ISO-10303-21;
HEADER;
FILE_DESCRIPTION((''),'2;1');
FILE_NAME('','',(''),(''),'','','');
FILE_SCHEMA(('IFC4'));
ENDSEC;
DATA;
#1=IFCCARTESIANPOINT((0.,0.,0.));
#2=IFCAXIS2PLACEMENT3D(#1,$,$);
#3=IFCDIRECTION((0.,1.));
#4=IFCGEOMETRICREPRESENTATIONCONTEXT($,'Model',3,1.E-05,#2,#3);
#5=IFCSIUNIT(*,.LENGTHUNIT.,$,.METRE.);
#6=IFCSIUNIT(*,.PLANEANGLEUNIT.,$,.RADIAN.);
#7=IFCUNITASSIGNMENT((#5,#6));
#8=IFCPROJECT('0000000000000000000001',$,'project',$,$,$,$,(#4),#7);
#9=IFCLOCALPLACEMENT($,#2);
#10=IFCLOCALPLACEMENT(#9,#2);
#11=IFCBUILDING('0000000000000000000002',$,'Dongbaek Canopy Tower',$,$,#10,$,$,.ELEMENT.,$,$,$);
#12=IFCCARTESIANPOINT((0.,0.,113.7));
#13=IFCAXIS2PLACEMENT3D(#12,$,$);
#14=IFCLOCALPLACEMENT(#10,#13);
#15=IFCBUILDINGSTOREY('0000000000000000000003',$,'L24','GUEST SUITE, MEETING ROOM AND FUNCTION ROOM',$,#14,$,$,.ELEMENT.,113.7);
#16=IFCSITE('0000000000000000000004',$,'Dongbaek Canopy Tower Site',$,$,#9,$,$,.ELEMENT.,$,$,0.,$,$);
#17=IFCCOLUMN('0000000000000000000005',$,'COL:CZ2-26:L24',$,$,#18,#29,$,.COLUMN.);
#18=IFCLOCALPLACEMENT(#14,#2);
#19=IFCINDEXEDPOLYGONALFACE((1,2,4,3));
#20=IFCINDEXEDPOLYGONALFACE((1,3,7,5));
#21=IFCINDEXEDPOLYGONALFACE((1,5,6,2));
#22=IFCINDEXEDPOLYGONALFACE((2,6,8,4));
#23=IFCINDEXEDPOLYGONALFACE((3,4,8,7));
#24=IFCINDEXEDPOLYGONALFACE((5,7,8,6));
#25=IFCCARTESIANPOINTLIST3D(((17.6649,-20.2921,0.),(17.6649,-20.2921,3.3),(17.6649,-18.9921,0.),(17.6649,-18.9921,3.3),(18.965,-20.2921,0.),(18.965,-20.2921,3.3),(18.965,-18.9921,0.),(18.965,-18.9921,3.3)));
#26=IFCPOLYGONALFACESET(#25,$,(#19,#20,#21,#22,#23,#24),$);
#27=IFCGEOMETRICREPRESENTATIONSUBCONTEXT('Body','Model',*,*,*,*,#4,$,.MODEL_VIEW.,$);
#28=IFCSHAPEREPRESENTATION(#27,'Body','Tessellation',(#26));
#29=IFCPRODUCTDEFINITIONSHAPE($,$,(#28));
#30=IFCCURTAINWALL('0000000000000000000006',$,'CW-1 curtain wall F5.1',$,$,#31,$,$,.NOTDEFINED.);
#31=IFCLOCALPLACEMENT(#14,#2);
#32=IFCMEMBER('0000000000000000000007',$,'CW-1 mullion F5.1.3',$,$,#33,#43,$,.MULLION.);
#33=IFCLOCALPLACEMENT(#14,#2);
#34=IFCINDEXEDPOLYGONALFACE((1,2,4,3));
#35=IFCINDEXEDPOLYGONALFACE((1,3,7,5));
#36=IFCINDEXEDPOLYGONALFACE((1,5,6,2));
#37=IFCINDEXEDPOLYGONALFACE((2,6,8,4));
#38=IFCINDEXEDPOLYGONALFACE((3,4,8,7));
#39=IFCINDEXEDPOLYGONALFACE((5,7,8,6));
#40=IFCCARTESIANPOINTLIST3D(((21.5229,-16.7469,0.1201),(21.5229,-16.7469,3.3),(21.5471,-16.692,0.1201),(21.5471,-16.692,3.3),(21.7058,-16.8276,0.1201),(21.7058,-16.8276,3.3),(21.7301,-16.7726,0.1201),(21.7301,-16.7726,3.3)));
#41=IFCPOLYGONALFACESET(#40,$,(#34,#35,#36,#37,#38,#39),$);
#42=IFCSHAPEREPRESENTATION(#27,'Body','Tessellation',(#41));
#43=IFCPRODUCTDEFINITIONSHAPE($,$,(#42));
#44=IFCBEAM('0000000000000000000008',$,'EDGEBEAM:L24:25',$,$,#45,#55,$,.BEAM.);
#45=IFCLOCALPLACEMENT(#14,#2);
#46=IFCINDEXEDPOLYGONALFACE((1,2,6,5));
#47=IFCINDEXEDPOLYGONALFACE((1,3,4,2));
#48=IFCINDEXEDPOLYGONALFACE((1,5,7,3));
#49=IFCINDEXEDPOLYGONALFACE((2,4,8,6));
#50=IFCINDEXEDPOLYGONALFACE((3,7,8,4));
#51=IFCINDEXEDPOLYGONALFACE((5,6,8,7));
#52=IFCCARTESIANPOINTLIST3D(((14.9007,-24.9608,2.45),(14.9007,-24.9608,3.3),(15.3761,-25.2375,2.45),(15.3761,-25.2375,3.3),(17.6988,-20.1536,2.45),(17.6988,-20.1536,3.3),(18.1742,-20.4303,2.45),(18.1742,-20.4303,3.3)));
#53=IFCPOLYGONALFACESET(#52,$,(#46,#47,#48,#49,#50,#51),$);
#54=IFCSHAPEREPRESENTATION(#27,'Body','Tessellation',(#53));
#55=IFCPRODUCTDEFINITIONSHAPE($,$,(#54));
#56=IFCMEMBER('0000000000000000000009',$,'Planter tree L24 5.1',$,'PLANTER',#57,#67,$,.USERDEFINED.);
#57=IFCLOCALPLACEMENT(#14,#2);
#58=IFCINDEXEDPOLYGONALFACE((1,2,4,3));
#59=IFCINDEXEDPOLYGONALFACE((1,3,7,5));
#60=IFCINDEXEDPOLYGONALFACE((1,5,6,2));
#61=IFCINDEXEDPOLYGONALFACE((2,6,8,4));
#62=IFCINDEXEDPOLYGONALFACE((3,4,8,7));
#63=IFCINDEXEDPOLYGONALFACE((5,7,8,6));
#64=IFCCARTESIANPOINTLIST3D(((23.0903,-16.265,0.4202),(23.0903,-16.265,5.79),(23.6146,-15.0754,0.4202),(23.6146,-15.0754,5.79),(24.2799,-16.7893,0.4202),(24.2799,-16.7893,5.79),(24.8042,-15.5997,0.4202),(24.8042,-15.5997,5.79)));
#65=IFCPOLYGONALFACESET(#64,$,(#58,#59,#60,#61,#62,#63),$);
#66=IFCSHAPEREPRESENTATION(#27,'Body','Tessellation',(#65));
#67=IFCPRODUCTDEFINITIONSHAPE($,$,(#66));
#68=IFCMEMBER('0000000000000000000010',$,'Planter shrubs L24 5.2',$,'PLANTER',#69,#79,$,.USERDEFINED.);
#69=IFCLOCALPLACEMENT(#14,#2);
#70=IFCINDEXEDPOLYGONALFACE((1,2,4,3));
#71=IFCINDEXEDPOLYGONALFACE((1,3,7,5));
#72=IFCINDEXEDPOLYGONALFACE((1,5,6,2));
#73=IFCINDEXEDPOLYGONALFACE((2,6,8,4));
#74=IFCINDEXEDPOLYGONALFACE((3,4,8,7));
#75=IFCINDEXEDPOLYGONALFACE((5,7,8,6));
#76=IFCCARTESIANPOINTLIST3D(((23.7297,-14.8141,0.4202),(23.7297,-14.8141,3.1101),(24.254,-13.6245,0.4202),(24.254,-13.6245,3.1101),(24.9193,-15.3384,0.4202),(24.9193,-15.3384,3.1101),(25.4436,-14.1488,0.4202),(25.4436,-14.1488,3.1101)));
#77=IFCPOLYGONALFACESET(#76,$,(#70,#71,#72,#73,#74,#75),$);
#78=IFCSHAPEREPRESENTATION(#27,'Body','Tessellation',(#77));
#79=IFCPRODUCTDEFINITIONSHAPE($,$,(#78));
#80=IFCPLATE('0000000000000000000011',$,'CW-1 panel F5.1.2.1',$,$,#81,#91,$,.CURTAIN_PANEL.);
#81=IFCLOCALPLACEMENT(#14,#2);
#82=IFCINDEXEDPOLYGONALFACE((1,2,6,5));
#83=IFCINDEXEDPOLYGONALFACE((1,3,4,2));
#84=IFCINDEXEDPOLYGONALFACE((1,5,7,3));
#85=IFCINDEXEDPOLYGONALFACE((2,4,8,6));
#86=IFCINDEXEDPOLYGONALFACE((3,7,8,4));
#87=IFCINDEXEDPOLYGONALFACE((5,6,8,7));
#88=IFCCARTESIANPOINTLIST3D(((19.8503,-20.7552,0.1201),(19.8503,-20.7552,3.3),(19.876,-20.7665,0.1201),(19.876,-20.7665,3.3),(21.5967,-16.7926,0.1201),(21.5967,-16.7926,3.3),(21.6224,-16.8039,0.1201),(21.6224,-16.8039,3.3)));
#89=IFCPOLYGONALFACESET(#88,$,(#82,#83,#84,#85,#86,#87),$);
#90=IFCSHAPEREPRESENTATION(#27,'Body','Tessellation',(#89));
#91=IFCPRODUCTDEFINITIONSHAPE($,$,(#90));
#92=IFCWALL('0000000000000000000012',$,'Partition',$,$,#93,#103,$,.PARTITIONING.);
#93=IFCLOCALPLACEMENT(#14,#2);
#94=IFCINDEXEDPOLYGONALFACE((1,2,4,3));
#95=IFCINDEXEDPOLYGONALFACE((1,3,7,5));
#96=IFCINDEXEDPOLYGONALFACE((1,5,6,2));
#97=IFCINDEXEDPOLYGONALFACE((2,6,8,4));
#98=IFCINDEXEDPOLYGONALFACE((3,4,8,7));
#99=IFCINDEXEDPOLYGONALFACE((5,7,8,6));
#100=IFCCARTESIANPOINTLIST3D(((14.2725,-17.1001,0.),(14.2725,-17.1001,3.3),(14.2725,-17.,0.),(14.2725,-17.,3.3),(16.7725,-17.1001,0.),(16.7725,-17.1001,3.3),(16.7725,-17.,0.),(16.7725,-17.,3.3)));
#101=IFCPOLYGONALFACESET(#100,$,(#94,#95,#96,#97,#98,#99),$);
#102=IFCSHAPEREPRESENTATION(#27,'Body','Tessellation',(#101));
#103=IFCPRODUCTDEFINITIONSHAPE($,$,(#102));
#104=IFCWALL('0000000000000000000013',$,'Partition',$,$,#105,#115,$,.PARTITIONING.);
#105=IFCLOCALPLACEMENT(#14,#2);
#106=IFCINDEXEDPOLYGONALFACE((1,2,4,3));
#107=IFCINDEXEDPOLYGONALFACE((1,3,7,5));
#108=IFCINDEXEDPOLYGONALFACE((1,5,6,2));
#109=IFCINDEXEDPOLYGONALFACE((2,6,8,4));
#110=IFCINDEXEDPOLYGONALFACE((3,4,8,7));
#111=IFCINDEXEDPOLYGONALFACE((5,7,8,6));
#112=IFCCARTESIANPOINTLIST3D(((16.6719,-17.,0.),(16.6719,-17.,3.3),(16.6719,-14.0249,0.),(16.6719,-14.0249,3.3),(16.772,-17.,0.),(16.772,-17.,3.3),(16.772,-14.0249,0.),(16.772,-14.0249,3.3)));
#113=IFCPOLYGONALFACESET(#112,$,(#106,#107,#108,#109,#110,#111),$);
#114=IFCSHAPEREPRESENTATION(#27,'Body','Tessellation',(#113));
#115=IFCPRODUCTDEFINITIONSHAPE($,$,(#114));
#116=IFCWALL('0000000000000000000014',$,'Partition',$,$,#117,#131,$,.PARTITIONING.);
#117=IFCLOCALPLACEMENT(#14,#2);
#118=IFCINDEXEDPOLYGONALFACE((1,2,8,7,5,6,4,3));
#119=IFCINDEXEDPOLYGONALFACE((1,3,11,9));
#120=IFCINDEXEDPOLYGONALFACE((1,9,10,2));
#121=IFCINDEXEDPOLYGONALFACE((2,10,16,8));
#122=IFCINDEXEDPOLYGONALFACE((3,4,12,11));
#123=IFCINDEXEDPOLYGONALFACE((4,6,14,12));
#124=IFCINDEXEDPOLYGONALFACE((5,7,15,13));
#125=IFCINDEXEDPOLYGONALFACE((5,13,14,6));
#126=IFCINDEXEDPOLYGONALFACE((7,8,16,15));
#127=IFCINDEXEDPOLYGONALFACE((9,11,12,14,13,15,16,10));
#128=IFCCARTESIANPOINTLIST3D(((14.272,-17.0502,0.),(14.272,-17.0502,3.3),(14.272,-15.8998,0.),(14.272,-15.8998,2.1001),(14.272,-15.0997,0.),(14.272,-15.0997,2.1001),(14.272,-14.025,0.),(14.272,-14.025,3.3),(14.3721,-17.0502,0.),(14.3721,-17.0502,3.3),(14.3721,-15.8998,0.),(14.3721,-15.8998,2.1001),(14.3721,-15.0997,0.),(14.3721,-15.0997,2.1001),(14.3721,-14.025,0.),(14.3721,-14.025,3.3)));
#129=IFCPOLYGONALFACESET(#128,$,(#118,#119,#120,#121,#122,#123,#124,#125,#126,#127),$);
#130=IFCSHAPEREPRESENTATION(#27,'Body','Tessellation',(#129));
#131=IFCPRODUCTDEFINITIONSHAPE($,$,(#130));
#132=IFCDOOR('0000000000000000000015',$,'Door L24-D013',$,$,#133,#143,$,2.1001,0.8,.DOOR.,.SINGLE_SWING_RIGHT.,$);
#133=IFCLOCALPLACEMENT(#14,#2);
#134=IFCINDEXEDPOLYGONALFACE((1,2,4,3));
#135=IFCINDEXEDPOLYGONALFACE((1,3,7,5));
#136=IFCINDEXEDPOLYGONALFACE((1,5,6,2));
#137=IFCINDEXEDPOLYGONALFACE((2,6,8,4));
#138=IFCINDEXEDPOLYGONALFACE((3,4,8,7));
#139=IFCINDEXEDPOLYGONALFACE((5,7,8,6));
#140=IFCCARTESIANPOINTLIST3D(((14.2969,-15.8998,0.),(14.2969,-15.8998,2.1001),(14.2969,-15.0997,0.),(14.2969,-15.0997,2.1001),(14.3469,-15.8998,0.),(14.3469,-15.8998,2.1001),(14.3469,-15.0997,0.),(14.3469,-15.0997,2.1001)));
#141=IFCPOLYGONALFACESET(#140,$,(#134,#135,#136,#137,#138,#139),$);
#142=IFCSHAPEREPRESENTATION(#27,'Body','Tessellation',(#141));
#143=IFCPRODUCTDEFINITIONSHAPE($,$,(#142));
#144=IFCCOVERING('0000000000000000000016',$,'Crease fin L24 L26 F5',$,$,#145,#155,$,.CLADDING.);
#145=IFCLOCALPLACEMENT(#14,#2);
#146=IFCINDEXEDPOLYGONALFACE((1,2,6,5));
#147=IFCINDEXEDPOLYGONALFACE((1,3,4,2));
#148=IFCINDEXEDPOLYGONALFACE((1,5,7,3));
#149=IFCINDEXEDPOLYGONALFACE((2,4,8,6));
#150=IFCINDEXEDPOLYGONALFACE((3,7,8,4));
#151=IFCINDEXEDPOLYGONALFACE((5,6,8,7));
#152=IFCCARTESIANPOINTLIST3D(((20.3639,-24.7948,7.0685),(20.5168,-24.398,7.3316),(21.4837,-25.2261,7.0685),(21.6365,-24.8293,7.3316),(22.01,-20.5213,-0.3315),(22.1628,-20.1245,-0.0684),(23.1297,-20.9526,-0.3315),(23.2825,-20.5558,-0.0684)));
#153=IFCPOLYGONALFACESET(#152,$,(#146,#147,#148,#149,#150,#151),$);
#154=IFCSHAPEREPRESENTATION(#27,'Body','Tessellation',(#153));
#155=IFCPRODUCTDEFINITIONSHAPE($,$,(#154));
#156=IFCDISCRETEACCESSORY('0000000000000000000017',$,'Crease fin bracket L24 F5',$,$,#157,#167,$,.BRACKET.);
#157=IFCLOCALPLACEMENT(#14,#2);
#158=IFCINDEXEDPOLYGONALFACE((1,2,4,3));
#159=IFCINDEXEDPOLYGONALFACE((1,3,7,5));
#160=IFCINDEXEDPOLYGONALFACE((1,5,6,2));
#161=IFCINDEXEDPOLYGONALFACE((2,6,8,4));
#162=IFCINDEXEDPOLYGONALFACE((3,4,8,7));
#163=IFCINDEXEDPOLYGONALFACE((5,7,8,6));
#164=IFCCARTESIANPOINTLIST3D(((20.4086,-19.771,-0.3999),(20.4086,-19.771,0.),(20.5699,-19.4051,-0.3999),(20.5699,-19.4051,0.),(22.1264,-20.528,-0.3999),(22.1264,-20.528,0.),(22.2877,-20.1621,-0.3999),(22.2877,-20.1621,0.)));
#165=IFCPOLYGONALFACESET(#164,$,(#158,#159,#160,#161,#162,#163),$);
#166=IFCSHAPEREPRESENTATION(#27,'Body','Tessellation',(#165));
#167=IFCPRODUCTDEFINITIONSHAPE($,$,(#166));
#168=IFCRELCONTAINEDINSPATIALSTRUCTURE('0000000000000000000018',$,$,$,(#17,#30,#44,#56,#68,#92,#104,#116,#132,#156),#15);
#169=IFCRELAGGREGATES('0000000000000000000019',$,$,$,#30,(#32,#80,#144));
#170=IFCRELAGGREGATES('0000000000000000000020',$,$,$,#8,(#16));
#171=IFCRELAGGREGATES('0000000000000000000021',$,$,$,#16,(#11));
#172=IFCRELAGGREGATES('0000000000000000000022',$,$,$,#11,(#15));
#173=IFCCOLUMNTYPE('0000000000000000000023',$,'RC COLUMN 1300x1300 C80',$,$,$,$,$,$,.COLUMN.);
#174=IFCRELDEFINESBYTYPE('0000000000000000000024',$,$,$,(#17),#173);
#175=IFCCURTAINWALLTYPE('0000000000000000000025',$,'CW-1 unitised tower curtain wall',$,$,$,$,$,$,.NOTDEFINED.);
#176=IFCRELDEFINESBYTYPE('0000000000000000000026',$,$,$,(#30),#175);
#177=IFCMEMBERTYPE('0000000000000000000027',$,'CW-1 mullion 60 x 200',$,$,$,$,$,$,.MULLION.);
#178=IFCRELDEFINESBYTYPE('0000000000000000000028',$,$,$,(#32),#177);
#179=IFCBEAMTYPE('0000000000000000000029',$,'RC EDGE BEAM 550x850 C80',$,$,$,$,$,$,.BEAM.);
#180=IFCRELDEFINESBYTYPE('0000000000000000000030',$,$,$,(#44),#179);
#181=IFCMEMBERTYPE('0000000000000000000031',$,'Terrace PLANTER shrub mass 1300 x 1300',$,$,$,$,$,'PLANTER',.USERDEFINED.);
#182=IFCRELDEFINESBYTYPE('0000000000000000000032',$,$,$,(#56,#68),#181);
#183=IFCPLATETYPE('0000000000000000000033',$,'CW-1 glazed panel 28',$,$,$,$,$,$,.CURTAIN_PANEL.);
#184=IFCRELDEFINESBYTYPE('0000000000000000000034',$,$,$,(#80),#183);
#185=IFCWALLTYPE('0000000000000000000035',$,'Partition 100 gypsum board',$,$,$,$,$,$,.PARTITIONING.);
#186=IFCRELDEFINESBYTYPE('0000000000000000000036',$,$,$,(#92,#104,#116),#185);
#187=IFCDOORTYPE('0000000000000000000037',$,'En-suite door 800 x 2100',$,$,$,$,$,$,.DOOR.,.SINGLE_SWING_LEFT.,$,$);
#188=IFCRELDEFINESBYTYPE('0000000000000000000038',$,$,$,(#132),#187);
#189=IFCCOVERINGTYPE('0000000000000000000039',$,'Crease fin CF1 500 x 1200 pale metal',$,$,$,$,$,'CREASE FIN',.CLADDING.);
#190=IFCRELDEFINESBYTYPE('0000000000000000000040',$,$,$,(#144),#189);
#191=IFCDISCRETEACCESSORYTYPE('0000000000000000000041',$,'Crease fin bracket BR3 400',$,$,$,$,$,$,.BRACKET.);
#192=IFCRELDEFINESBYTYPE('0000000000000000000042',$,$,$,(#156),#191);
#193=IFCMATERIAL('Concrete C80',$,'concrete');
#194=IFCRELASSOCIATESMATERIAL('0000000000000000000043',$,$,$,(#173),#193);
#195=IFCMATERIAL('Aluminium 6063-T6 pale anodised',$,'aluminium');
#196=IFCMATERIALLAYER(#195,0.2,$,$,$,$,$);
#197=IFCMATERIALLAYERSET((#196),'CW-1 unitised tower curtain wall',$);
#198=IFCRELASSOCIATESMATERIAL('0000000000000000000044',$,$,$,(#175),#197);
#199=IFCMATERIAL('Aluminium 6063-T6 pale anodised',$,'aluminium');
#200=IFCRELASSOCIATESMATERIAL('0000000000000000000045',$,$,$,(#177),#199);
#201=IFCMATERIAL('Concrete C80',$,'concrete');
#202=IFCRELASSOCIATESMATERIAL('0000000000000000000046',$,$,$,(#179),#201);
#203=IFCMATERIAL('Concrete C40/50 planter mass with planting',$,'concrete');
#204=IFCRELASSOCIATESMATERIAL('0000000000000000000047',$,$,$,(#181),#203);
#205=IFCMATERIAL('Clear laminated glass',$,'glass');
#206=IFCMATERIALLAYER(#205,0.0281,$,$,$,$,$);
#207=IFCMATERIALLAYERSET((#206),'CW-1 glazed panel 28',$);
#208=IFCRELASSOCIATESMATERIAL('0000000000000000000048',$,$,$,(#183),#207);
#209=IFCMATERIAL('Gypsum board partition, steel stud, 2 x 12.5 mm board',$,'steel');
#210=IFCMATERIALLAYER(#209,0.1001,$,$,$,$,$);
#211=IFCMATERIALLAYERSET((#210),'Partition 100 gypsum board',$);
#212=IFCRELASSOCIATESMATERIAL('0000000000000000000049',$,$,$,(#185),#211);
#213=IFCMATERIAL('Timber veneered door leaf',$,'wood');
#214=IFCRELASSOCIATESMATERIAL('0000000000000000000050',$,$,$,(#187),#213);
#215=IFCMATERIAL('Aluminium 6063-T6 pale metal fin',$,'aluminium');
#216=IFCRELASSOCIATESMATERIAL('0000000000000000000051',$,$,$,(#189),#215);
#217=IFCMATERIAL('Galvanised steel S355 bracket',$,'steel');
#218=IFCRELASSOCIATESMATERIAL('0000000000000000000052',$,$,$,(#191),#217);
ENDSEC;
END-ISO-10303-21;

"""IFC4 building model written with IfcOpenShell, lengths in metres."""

from ifc_helpers import new_model, si_unit, direction, frame, frame_2d, origin, origin_2d, place, context, subcontext, project, spatial, rectangle, extrude, material, layer, layer_set, material_profile, profile_set, type_object, element, fill, aggregate, save


model = new_model("IFC4")

# Units and contexts
model_context = context("Model", 3, precision=1e-05, world=origin(), true_north=direction((0.0, 1.0)))
body_context = subcontext(model_context, "Body", "Model", "MODEL_VIEW")
ifc_project = project(units=[si_unit("LENGTHUNIT", "METRE"), si_unit("PLANEANGLEUNIT", "RADIAN")], contexts=[model_context])

# Site, building, storey
site_placement = place(None, origin())
site = spatial("IfcSite", under=ifc_project, at=site_placement, Name="Dongbaek Canopy Tower Site", CompositionType="ELEMENT", RefElevation=0.0)
building_placement = place(site_placement, origin())
building = spatial("IfcBuilding", under=site, at=building_placement, Name="Dongbaek Canopy Tower", CompositionType="ELEMENT")
storey_placement = place(building_placement, frame((0.0, 0.0, 113.7)))
storey = spatial("IfcBuildingStorey", under=building, at=storey_placement, Name="L24", Description="GUEST SUITE, MEETING ROOM AND FUNCTION ROOM", CompositionType="ELEMENT", Elevation=113.7)

# Column
ifc_material_1 = material(Name="Concrete C80", Category="concrete")
ifc_material_profile_1 = material_profile(ifc_material_1, rectangle(XDim=1.3, YDim=1.3, at=origin_2d()), Name="RC COLUMN 1300x1300 C80")
ifc_profile_set_1 = profile_set([ifc_material_profile_1], Name="Concrete C80")
column_type = type_object("IfcColumnType", Name="RC COLUMN 1300x1300 C80", PredefinedType="COLUMN", material=ifc_profile_set_1)
column_placement = place(storey_placement, frame((18.3149, -19.6421, 0.0), z_axis=(0.0, 0.0, 1.0), x_axis=(1.0, 0.0, 0.0)))
element("IfcColumn", 1, at=column_placement, inside=storey, type_object=column_type, Name="COL:CZ2-26:L24", PredefinedType="COLUMN", context=body_context, shape_type="SweptSolid", body=[
    extrude(rectangle(XDim=1.3, YDim=1.3, at=origin_2d()), origin(), (0.0, 0.0, 1.0), 3.3),
])

# Curtain wall, member
ifc_material_2 = material(Name="Aluminium 6063-T6 pale anodised", Category="aluminium")
ifc_layer_1 = layer(ifc_material_2, 0.2)
ifc_layer_set_1 = layer_set([ifc_layer_1], Name="CW-1 unitised tower curtain wall")
curtain_wall_type = type_object("IfcCurtainWallType", Name="CW-1 unitised tower curtain wall", PredefinedType="NOTDEFINED", material=ifc_layer_set_1)
curtain_wall_placement = place(storey_placement, origin())
curtain_wall = element("IfcCurtainWall", 2, at=curtain_wall_placement, inside=storey, type_object=curtain_wall_type, Name="CW-1 curtain wall F5.1", PredefinedType="NOTDEFINED")
ifc_material_3 = material(Name="Aluminium 6063-T6 pale anodised", Category="aluminium")
ifc_material_profile_2 = material_profile(ifc_material_3, rectangle(XDim=0.2, YDim=0.0601, at=origin_2d()), Name="CW-1 mullion 60 x 200")
ifc_profile_set_2 = profile_set([ifc_material_profile_2], Name="Aluminium 6063-T6 pale anodised")
member_type_1 = type_object("IfcMemberType", Name="CW-1 mullion 60 x 200", PredefinedType="MULLION", material=ifc_profile_set_2)
member_1_placement = place(storey_placement, frame((21.6265, -16.7598, 0.1201), z_axis=(0.0, 0.0, 1.0), x_axis=(0.915073, -0.403289, 0.0)))
member_1 = element("IfcMember", 3, at=member_1_placement, type_object=member_type_1, Name="CW-1 mullion F5.1.3", PredefinedType="MULLION", context=body_context, shape_type="SweptSolid", body=[
    extrude(rectangle(XDim=0.2, YDim=0.0601, at=origin_2d()), origin(), (0.0, 0.0, 1.0), 3.1799),
])

# Beam
ifc_material_4 = material(Name="Concrete C80", Category="concrete")
ifc_material_profile_3 = material_profile(ifc_material_4, rectangle(XDim=0.55, YDim=0.8501, at=origin_2d()), Name="RC EDGE BEAM 550x850 C80")
ifc_profile_set_3 = profile_set([ifc_material_profile_3], Name="Concrete C80")
beam_type = type_object("IfcBeamType", Name="RC EDGE BEAM 550x850 C80", PredefinedType="BEAM", material=ifc_profile_set_3)
beam_placement = place(storey_placement, frame((17.9365, -20.292, 2.875), z_axis=(-0.503058, -0.864253, 0.0), x_axis=(0.864253, -0.503058, 0.0)))
element("IfcBeam", 4, at=beam_placement, inside=storey, type_object=beam_type, Name="EDGEBEAM:L24:25", PredefinedType="BEAM", context=body_context, shape_type="SweptSolid", body=[
    extrude(rectangle(XDim=0.55, YDim=0.8501, at=origin_2d()), origin(), (0.0, 0.0, 1.0), 5.5623),
])

# Members
ifc_material_5 = material(Name="Concrete C40/50 planter mass with planting", Category="concrete")
ifc_material_profile_4 = material_profile(ifc_material_5, rectangle(XDim=1.3, YDim=1.3, at=origin_2d()), Name="Terrace PLANTER shrub mass 1300 x 1300")
ifc_profile_set_4 = profile_set([ifc_material_profile_4], Name="Concrete C40/50 planter mass with planting")
member_type_2 = type_object("IfcMemberType", Name="Terrace PLANTER shrub mass 1300 x 1300", ElementType="PLANTER", PredefinedType="USERDEFINED", material=ifc_profile_set_4)
member_2_placement = place(storey_placement, frame((23.9473, -15.9324, 0.4202), z_axis=(0.0, 0.0, 1.0), x_axis=(0.915073, -0.403289, 0.0)))
element("IfcMember", 5, at=member_2_placement, inside=storey, type_object=member_type_2, Name="Planter tree L24 5.1", ObjectType="PLANTER", PredefinedType="USERDEFINED", context=body_context, shape_type="SweptSolid", body=[
    extrude(rectangle(XDim=1.3, YDim=1.3, at=origin_2d()), origin(), (0.0, 0.0, 1.0), 5.3699),
])
member_3_placement = place(storey_placement, frame((24.5867, -14.4814, 0.4202), z_axis=(0.0, 0.0, 1.0), x_axis=(0.915073, -0.403289, 0.0)))
element("IfcMember", 6, at=member_3_placement, inside=storey, type_object=member_type_2, Name="Planter shrubs L24 5.2", ObjectType="PLANTER", PredefinedType="USERDEFINED", context=body_context, shape_type="SweptSolid", body=[
    extrude(rectangle(XDim=1.3, YDim=1.3, at=origin_2d()), origin(), (0.0, 0.0, 1.0), 2.6899),
])

# Plate
ifc_material_6 = material(Name="Clear laminated glass", Category="glass")
ifc_layer_2 = layer(ifc_material_6, 0.0281)
ifc_layer_set_2 = layer_set([ifc_layer_2], Name="CW-1 glazed panel 28")
plate_type = type_object("IfcPlateType", Name="CW-1 glazed panel 28", PredefinedType="CURTAIN_PANEL", material=ifc_layer_set_2)
plate_placement = place(storey_placement, frame((20.7363, -18.7795, 0.1201), z_axis=(0.0, 0.0, 1.0), x_axis=(0.403289, 0.915073, 0.0)))
plate = element("IfcPlate", 7, at=plate_placement, type_object=plate_type, Name="CW-1 panel F5.1.2.1", PredefinedType="CURTAIN_PANEL", context=body_context, shape_type="SweptSolid", body=[
    extrude(rectangle(XDim=4.3303, YDim=0.0281, at=origin_2d()), origin(), (0.0, 0.0, 1.0), 3.1799),
])

# Walls
ifc_material_7 = material(Name="Gypsum board partition, steel stud, 2 x 12.5 mm board", Category="steel")
ifc_layer_3 = layer(ifc_material_7, 0.1001)
ifc_layer_set_3 = layer_set([ifc_layer_3], Name="Partition 100 gypsum board")
wall_type_1 = type_object("IfcWallType", Name="Partition 100 gypsum board", PredefinedType="PARTITIONING", material=ifc_layer_set_3)
wall_1_placement = place(storey_placement, frame((14.2725, -17.05, 0.0), z_axis=(0.0, 0.0, 1.0), x_axis=(1.0, 0.0, 0.0)))
element("IfcWall", 8, at=wall_1_placement, inside=storey, type_object=wall_type_1, Name="Partition", PredefinedType="PARTITIONING", context=body_context, shape_type="SweptSolid", body=[
    extrude(rectangle(XDim=2.5, YDim=0.1001, at=frame_2d((1.25, 0.0))), origin(), (0.0, 0.0, 1.0), 3.3),
])
wall_2_placement = place(storey_placement, frame((16.7219, -17.0, 0.0), z_axis=(0.0, 0.0, 1.0), x_axis=(0.0, 1.0, 0.0)))
element("IfcWall", 9, at=wall_2_placement, inside=storey, type_object=wall_type_1, Name="Partition", PredefinedType="PARTITIONING", context=body_context, shape_type="SweptSolid", body=[
    extrude(rectangle(XDim=2.9751, YDim=0.1001, at=frame_2d((1.4875, 0.0))), origin(), (0.0, 0.0, 1.0), 3.3),
])

# Wall, opening, door
wall_3_placement = place(storey_placement, frame((14.322, -14.0249, 0.0), z_axis=(0.0, 0.0, 1.0), x_axis=(0.0, -1.0, 0.0)))
wall_3 = element("IfcWall", 10, at=wall_3_placement, inside=storey, type_object=wall_type_1, Name="Partition", PredefinedType="PARTITIONING", context=body_context, shape_type="SweptSolid", body=[
    extrude(rectangle(XDim=3.0251, YDim=0.1001, at=frame_2d((1.5127, 0.0))), origin(), (0.0, 0.0, 1.0), 3.3),
])
opening_1_placement = place(wall_3_placement, frame((1.075, 0.0, 0.0)))
opening_1 = element("IfcOpeningElement", 11, at=opening_1_placement, cuts=wall_3, PredefinedType="OPENING", context=body_context, shape_type="SweptSolid", body=[
    extrude(rectangle(XDim=0.8, YDim=2.1001, at=frame_2d((0.3999, 1.05))), frame((0.0, 0.0601, 0.0), z_axis=(0.0, -1.0, 0.0), x_axis=(1.0, 0.0, 0.0)), (0.0, 0.0, 1.0), 0.1201),
])
ifc_material_8 = material(Name="Timber veneered door leaf", Category="wood")
door_type_1 = type_object("IfcDoorType", Name="En-suite door 800 x 2100", OperationType="SINGLE_SWING_LEFT", PredefinedType="DOOR", material=ifc_material_8)
door_1_placement = place(opening_1_placement, origin())
door_1 = element("IfcDoor", 12, at=door_1_placement, inside=storey, type_object=door_type_1, Name="Door L24-D013", OperationType="SINGLE_SWING_RIGHT", OverallHeight=2.1001, OverallWidth=0.8, PredefinedType="DOOR", context=body_context, shape_type="SweptSolid", body=[
    extrude(rectangle(XDim=0.8, YDim=2.1001, at=frame_2d((0.3999, 1.05))), frame((0.0, 0.0249, 0.0), z_axis=(0.0, -1.0, 0.0), x_axis=(1.0, 0.0, 0.0)), (0.0, 0.0, 1.0), 0.05),
])
fill(opening_1, door_1)

# Covering
ifc_material_9 = material(Name="Aluminium 6063-T6 pale metal fin", Category="aluminium")
ifc_material_profile_5 = material_profile(ifc_material_9, rectangle(XDim=1.2, YDim=0.5, at=origin_2d()), Name="Crease fin CF1 500 x 1200 pale metal")
ifc_profile_set_5 = profile_set([ifc_material_profile_5], Name="Aluminium 6063-T6 pale metal fin")
covering_type = type_object("IfcCoveringType", Name="Crease fin CF1 500 x 1200 pale metal", ElementType="CREASE FIN", PredefinedType="CLADDING", material=ifc_profile_set_5)
covering_placement = place(storey_placement, frame((22.6462, -20.5386, -0.2), z_axis=(-0.189145, -0.49107, 0.850338), x_axis=(0.933172, -0.359429, 0.0)))
covering = element("IfcCovering", 13, at=covering_placement, type_object=covering_type, Name="Crease fin L24 L26 F5", PredefinedType="CLADDING", context=body_context, shape_type="SweptSolid", body=[
    extrude(rectangle(XDim=1.2, YDim=0.5, at=origin_2d()), origin(), (0.0, 0.0, 1.0), 8.7024),
])
aggregate(curtain_wall, [member_1, plate, covering])

# Discrete accessory
ifc_material_10 = material(Name="Galvanised steel S355 bracket", Category="steel")
discrete_accessory_type = type_object("IfcDiscreteAccessoryType", Name="Crease fin bracket BR3 400", PredefinedType="BRACKET", material=ifc_material_10)
discrete_accessory_placement = place(storey_placement, frame((21.3481, -19.9666, -0.3999), z_axis=(0.0, 0.0, 1.0), x_axis=(0.915073, -0.403288, 0.0)))
element("IfcDiscreteAccessory", 14, at=discrete_accessory_placement, inside=storey, type_object=discrete_accessory_type, Name="Crease fin bracket L24 F5", PredefinedType="BRACKET", context=body_context, shape_type="SweptSolid", body=[
    extrude(rectangle(XDim=1.8772, YDim=0.3999, at=origin_2d()), origin(), (0.0, 0.0, 1.0), 0.3999),
])

save(model, "model.ifc")
